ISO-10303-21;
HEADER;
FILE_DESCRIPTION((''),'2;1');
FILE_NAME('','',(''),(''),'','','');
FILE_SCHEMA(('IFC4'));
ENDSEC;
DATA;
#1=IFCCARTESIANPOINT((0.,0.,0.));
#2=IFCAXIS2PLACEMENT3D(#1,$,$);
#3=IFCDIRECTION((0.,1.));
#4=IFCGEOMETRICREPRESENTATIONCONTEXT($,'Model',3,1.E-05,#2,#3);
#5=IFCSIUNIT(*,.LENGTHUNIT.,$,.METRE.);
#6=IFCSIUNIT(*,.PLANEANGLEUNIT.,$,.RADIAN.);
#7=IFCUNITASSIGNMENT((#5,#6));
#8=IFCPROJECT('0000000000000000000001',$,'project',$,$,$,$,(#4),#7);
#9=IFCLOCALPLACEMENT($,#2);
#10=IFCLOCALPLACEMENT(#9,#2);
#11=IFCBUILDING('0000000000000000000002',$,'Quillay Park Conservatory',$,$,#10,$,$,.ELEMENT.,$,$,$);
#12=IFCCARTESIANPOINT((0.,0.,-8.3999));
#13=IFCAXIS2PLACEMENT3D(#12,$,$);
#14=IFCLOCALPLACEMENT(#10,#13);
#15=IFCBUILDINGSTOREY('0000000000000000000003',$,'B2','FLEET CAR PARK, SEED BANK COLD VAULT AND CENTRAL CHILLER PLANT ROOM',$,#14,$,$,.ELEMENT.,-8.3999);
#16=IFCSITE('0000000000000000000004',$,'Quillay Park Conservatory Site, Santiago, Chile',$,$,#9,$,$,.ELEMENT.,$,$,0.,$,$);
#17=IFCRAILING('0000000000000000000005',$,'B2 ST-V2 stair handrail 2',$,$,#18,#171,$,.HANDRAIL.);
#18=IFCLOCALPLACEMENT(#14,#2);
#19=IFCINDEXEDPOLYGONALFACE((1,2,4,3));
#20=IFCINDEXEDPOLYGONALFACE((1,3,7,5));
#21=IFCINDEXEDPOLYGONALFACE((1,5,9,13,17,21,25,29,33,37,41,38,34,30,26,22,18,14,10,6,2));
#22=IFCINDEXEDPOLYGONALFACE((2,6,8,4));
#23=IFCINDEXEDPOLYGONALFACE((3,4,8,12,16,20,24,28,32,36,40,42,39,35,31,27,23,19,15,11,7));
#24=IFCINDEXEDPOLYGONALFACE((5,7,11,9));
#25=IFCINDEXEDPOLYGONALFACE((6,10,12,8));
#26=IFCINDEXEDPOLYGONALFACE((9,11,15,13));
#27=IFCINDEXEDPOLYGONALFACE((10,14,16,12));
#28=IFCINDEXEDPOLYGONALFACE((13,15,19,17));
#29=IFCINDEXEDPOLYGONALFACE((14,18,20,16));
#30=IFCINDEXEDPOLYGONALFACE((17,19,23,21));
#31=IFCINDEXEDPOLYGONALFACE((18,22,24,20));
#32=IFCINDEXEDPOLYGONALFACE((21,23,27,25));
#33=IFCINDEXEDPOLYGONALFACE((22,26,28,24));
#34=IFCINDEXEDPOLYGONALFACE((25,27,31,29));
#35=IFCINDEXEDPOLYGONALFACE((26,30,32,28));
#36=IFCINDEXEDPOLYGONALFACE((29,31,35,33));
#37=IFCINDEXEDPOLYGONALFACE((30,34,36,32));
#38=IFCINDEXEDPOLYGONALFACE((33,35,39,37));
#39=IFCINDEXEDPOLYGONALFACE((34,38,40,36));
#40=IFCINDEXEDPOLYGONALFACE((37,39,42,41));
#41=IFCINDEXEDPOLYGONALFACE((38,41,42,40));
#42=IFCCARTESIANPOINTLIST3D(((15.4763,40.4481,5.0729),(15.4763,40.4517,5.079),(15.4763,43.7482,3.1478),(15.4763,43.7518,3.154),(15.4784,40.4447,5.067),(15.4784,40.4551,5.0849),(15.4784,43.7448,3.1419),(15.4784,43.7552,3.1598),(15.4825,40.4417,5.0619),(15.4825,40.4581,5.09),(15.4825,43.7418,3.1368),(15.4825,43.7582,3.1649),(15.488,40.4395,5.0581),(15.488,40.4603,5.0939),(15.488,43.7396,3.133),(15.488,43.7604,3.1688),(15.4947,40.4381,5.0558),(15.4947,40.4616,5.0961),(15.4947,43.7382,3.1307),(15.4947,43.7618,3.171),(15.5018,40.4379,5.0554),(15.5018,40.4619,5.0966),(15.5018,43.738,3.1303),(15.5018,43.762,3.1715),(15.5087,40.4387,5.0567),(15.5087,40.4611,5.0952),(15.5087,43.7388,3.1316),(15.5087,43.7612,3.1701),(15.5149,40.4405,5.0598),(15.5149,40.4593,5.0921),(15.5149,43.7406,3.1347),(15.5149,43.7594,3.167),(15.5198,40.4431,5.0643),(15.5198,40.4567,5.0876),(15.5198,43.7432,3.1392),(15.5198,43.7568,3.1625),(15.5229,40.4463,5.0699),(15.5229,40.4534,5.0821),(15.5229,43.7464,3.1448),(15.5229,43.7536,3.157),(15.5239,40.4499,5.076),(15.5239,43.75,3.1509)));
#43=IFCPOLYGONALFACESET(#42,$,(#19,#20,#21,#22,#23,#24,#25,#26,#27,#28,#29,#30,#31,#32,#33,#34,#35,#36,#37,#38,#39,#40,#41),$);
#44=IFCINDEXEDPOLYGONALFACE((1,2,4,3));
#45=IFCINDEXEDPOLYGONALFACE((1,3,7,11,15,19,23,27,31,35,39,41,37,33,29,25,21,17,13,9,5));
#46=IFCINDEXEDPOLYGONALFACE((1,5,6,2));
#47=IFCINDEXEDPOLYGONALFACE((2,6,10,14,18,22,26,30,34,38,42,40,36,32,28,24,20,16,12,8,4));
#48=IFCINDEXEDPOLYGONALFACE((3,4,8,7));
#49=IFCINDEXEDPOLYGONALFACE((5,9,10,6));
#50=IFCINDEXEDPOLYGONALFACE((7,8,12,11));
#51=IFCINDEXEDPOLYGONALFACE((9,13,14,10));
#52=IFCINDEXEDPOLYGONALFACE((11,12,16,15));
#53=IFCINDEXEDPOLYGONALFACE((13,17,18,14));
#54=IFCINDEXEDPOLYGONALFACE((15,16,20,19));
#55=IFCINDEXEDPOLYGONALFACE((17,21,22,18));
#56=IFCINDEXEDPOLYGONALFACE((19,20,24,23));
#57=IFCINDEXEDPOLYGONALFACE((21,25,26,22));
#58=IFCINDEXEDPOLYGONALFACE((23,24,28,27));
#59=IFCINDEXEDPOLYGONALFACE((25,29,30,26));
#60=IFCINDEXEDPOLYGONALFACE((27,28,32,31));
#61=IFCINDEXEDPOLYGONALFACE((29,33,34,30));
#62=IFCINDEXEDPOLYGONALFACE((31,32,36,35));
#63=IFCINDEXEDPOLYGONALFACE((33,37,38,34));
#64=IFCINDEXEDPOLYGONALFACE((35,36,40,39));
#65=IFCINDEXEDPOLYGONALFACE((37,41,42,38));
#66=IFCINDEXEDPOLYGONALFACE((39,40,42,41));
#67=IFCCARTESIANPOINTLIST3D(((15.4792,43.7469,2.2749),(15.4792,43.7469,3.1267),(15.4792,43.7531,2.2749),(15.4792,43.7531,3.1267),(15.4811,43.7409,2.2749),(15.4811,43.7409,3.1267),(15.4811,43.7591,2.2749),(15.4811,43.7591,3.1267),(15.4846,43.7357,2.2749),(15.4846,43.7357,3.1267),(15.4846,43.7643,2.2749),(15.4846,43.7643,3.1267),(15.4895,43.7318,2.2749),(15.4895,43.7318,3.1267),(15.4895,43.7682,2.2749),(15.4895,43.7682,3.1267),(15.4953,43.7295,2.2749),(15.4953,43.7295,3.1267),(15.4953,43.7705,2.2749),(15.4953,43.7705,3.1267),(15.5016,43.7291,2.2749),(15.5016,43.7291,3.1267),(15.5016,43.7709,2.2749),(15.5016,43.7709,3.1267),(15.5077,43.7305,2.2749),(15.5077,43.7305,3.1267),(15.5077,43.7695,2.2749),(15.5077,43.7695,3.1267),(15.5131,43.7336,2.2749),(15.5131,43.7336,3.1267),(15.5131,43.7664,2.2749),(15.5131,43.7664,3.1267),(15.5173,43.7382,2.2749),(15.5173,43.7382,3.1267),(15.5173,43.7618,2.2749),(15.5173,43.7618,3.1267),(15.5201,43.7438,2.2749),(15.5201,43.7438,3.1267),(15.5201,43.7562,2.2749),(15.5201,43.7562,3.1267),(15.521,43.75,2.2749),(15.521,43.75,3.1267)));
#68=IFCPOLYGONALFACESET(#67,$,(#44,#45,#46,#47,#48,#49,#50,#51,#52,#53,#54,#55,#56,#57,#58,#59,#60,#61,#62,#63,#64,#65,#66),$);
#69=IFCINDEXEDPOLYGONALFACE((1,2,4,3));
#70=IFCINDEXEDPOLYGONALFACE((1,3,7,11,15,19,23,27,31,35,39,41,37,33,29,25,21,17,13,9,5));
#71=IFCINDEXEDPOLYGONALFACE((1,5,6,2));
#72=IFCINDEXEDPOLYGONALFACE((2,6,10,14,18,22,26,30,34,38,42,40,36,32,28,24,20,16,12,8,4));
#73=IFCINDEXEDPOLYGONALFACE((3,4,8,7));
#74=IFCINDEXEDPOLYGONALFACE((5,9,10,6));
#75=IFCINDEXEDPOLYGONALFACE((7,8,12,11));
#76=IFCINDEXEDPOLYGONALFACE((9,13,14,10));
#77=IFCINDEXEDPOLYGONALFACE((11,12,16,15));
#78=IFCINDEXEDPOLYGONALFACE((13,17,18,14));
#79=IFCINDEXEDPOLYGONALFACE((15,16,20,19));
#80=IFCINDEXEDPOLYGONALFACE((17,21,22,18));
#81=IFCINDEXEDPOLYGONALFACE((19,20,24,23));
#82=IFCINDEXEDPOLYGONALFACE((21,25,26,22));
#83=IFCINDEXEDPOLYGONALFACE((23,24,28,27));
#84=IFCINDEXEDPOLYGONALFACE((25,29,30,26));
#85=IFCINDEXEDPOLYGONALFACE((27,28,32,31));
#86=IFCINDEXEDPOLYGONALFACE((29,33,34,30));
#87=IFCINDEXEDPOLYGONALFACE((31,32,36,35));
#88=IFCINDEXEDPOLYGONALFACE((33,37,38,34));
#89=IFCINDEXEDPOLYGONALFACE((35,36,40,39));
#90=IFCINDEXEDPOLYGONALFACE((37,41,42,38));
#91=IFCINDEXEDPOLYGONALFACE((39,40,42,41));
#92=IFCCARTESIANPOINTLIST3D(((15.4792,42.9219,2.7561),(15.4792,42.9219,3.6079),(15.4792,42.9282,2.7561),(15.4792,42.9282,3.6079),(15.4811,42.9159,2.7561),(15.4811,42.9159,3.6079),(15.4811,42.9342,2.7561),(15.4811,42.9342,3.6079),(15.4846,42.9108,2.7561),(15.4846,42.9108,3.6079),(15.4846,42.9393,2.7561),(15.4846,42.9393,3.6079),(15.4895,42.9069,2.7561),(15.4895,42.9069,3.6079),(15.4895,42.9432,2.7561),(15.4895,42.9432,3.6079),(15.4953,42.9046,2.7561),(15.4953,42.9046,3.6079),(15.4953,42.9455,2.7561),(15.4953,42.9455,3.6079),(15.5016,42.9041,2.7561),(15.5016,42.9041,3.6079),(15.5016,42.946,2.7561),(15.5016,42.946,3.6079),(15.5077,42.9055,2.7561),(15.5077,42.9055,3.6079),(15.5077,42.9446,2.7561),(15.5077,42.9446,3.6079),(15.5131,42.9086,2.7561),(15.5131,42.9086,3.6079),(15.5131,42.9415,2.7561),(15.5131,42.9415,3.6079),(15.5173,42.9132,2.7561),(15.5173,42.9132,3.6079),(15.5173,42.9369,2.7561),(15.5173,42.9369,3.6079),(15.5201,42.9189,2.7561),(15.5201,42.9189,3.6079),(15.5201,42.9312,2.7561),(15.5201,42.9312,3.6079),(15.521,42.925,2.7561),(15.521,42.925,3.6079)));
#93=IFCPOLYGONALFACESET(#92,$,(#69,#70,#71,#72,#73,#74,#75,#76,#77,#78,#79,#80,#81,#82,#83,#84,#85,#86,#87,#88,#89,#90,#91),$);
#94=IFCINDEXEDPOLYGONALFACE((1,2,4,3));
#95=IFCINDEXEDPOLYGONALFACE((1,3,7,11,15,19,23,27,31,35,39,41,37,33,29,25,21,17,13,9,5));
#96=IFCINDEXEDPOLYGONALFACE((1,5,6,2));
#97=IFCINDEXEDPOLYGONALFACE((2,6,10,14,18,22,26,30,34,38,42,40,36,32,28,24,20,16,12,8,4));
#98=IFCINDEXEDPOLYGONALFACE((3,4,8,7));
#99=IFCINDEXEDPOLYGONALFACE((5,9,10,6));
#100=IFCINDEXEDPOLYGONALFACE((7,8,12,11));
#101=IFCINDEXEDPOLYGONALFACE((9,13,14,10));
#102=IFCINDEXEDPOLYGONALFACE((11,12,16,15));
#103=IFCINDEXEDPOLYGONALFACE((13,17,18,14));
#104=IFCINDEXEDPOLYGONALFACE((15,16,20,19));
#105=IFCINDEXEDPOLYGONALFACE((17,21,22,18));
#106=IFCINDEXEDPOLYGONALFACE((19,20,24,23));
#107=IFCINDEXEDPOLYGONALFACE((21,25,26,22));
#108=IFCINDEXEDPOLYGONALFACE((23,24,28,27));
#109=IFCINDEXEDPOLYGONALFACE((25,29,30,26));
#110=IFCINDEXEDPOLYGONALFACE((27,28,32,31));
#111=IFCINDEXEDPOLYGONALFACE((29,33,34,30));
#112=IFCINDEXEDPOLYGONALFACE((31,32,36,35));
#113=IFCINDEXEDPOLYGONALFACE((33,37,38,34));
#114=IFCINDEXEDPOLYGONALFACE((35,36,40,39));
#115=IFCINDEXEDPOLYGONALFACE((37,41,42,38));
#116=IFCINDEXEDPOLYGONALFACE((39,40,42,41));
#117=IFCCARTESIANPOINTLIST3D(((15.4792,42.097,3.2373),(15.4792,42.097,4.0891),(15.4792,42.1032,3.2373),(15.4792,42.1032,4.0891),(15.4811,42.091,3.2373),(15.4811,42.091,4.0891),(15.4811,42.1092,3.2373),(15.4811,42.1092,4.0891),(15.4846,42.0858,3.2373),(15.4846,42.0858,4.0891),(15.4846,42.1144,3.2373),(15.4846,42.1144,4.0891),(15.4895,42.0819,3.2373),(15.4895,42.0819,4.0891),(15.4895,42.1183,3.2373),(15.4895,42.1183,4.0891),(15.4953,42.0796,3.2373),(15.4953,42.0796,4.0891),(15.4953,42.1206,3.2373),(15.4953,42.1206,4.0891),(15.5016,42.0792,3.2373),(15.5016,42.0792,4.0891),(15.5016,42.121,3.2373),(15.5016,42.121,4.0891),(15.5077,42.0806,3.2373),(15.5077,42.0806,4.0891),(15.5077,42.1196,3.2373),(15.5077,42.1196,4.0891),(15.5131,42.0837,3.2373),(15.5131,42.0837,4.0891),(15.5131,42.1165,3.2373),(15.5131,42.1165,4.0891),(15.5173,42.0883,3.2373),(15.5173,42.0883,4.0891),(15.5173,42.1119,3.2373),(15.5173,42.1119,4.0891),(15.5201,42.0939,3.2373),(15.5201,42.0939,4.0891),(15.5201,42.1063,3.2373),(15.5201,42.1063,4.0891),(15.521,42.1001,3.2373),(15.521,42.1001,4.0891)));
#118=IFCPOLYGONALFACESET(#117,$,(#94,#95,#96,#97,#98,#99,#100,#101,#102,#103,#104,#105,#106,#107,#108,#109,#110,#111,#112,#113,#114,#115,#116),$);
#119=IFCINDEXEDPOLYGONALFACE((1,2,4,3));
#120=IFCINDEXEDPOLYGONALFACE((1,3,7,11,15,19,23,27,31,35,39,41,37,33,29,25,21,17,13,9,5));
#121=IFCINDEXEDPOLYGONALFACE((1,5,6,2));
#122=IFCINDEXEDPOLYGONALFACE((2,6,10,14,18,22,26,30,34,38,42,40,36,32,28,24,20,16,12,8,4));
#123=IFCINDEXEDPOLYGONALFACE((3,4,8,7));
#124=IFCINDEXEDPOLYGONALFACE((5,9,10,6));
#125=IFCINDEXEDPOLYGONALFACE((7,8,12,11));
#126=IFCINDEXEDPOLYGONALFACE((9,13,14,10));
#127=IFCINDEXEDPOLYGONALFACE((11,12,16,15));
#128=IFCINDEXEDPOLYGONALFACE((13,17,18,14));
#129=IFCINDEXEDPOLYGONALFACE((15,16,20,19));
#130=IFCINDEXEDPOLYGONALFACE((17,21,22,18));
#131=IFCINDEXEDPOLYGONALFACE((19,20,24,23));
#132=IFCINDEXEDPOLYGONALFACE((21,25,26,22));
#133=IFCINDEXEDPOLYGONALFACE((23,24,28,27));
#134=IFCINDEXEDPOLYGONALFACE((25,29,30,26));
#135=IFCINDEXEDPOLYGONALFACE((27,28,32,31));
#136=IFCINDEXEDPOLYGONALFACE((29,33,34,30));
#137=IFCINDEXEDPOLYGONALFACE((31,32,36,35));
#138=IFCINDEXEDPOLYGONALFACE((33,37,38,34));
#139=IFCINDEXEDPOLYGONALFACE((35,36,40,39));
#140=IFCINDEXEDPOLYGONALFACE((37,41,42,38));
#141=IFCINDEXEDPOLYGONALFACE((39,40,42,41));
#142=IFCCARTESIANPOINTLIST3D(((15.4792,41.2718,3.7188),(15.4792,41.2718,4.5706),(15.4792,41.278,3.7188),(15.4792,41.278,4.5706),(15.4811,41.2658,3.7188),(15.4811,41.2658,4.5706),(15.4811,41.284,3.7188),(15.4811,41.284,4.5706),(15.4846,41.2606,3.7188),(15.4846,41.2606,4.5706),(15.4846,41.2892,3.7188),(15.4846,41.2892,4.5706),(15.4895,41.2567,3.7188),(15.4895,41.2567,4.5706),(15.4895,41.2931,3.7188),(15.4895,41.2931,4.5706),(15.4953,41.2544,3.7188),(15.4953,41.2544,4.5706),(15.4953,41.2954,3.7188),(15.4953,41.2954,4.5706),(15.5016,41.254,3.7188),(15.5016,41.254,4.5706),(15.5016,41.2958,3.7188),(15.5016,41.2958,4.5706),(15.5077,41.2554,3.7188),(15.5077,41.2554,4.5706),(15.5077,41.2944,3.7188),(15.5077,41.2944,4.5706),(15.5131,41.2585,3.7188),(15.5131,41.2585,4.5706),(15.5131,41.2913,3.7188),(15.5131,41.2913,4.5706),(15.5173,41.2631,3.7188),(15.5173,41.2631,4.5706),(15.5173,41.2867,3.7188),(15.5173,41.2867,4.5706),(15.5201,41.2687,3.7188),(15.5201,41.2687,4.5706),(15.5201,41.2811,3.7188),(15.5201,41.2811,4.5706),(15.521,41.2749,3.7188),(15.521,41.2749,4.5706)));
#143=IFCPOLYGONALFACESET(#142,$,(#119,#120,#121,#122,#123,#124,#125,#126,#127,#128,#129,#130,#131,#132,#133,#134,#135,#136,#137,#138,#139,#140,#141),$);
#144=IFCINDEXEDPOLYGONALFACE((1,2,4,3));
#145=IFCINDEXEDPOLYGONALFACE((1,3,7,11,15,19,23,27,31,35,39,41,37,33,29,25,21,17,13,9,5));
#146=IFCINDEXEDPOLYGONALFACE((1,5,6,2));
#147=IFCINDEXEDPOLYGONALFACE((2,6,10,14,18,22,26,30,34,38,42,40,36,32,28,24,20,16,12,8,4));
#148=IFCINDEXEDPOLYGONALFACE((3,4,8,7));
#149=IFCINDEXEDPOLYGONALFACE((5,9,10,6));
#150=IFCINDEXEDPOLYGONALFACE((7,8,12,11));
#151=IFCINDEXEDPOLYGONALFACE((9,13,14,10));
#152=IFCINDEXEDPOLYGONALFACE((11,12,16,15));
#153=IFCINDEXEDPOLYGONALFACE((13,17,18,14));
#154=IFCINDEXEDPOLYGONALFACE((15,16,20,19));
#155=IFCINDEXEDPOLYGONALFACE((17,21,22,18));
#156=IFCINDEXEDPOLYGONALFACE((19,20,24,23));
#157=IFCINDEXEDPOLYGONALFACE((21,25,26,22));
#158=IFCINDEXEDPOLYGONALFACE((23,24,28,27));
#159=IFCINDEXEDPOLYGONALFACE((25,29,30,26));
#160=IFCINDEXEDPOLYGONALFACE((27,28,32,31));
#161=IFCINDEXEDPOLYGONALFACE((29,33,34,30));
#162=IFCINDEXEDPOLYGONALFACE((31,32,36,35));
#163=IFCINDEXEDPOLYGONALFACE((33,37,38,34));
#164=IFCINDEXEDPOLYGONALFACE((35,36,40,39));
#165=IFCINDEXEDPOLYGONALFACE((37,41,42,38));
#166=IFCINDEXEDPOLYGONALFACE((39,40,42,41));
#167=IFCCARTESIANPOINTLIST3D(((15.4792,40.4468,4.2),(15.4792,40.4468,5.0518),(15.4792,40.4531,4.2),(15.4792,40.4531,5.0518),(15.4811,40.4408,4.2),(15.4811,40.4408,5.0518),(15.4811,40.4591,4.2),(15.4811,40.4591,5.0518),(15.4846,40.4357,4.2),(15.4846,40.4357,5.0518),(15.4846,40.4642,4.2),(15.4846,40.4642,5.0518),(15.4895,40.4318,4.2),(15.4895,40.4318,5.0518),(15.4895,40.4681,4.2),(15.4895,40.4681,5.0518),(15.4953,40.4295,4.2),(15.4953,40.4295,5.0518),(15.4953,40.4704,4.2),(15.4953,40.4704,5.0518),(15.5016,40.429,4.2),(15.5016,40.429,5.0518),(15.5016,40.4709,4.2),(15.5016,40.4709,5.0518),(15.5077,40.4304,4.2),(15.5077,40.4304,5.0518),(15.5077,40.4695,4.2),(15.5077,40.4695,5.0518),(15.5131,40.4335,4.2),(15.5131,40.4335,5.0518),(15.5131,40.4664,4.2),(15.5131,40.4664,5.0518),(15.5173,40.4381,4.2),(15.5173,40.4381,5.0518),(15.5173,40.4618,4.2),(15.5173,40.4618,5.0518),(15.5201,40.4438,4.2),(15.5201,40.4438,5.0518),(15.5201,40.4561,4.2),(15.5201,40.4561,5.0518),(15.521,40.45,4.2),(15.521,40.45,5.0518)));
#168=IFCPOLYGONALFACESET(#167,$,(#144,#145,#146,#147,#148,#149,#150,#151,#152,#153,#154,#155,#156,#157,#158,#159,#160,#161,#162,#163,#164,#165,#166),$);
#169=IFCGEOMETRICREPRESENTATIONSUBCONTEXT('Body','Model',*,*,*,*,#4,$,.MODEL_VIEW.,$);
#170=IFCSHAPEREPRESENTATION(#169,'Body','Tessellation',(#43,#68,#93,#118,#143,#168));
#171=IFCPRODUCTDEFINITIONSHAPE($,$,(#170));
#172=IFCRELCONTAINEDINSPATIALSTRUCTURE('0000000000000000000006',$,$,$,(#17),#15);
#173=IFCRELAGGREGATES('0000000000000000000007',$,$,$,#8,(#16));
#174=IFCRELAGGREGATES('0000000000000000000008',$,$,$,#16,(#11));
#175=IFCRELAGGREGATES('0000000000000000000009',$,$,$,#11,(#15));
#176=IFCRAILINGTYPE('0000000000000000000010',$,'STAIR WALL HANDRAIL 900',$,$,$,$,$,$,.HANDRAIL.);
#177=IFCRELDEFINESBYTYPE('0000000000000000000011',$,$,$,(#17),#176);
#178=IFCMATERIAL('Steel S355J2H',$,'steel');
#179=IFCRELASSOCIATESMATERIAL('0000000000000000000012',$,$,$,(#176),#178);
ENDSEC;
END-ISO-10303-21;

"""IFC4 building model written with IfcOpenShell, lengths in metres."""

from ifc_helpers import new_model, si_unit, direction, frame, origin, origin_2d, place, context, subcontext, project, spatial, circle, extrude, material, type_object, element, save


model = new_model("IFC4")

# Units and contexts
model_context = context("Model", 3, precision=1e-05, world=origin(), true_north=direction((0.0, 1.0)))
body_context = subcontext(model_context, "Body", "Model", "MODEL_VIEW")
ifc_project = project(units=[si_unit("LENGTHUNIT", "METRE"), si_unit("PLANEANGLEUNIT", "RADIAN")], contexts=[model_context])

# Site, building, storey
site_placement = place(None, origin())
site = spatial("IfcSite", under=ifc_project, at=site_placement, Name="Quillay Park Conservatory Site, Santiago, Chile", CompositionType="ELEMENT", RefElevation=0.0)
building_placement = place(site_placement, origin())
building = spatial("IfcBuilding", under=site, at=building_placement, Name="Quillay Park Conservatory", CompositionType="ELEMENT")
storey_placement = place(building_placement, frame((0.0, 0.0, -8.3999)))
storey = spatial("IfcBuildingStorey", under=building, at=storey_placement, Name="B2", Description="FLEET CAR PARK, SEED BANK COLD VAULT AND CENTRAL CHILLER PLANT ROOM", CompositionType="ELEMENT", Elevation=-8.3999)

# Railing
ifc_material_1 = material(Name="Steel S355J2H", Category="steel")
railing_type_1 = type_object("IfcRailingType", Name="STAIR WALL HANDRAIL 900", PredefinedType="HANDRAIL", material=ifc_material_1)
railing_1_placement = place(storey_placement, frame((15.5, 43.75, 2.2749)))
element("IfcRailing", 1, at=railing_1_placement, inside=storey, type_object=railing_type_1, Name="B2 ST-V2 stair handrail 2", PredefinedType="HANDRAIL", context=body_context, shape_type="SweptSolid", body=[
    extrude(circle(Radius=0.0239, at=origin_2d()), frame((0.0, 0.0, 0.876), z_axis=(0.0, -0.863777, 0.503875), x_axis=(1.0, 0.0, 0.0)), (0.0, 0.0, 1.0), 3.8206),
    extrude(circle(Radius=0.021, at=origin_2d()), origin(), (0.0, 0.0, 1.0), 0.8518),
    extrude(circle(Radius=0.021, at=origin_2d()), frame((0.0, -0.825, 0.4812)), (0.0, 0.0, 1.0), 0.8518),
    extrude(circle(Radius=0.021, at=origin_2d()), frame((0.0, -1.6499, 0.9624)), (0.0, 0.0, 1.0), 0.8518),
    extrude(circle(Radius=0.021, at=origin_2d()), frame((0.0, -2.4751, 1.4438)), (0.0, 0.0, 1.0), 0.8518),
    extrude(circle(Radius=0.021, at=origin_2d()), frame((0.0, -3.3, 1.925)), (0.0, 0.0, 1.0), 0.8518),
])

save(model, "model.ifc")
